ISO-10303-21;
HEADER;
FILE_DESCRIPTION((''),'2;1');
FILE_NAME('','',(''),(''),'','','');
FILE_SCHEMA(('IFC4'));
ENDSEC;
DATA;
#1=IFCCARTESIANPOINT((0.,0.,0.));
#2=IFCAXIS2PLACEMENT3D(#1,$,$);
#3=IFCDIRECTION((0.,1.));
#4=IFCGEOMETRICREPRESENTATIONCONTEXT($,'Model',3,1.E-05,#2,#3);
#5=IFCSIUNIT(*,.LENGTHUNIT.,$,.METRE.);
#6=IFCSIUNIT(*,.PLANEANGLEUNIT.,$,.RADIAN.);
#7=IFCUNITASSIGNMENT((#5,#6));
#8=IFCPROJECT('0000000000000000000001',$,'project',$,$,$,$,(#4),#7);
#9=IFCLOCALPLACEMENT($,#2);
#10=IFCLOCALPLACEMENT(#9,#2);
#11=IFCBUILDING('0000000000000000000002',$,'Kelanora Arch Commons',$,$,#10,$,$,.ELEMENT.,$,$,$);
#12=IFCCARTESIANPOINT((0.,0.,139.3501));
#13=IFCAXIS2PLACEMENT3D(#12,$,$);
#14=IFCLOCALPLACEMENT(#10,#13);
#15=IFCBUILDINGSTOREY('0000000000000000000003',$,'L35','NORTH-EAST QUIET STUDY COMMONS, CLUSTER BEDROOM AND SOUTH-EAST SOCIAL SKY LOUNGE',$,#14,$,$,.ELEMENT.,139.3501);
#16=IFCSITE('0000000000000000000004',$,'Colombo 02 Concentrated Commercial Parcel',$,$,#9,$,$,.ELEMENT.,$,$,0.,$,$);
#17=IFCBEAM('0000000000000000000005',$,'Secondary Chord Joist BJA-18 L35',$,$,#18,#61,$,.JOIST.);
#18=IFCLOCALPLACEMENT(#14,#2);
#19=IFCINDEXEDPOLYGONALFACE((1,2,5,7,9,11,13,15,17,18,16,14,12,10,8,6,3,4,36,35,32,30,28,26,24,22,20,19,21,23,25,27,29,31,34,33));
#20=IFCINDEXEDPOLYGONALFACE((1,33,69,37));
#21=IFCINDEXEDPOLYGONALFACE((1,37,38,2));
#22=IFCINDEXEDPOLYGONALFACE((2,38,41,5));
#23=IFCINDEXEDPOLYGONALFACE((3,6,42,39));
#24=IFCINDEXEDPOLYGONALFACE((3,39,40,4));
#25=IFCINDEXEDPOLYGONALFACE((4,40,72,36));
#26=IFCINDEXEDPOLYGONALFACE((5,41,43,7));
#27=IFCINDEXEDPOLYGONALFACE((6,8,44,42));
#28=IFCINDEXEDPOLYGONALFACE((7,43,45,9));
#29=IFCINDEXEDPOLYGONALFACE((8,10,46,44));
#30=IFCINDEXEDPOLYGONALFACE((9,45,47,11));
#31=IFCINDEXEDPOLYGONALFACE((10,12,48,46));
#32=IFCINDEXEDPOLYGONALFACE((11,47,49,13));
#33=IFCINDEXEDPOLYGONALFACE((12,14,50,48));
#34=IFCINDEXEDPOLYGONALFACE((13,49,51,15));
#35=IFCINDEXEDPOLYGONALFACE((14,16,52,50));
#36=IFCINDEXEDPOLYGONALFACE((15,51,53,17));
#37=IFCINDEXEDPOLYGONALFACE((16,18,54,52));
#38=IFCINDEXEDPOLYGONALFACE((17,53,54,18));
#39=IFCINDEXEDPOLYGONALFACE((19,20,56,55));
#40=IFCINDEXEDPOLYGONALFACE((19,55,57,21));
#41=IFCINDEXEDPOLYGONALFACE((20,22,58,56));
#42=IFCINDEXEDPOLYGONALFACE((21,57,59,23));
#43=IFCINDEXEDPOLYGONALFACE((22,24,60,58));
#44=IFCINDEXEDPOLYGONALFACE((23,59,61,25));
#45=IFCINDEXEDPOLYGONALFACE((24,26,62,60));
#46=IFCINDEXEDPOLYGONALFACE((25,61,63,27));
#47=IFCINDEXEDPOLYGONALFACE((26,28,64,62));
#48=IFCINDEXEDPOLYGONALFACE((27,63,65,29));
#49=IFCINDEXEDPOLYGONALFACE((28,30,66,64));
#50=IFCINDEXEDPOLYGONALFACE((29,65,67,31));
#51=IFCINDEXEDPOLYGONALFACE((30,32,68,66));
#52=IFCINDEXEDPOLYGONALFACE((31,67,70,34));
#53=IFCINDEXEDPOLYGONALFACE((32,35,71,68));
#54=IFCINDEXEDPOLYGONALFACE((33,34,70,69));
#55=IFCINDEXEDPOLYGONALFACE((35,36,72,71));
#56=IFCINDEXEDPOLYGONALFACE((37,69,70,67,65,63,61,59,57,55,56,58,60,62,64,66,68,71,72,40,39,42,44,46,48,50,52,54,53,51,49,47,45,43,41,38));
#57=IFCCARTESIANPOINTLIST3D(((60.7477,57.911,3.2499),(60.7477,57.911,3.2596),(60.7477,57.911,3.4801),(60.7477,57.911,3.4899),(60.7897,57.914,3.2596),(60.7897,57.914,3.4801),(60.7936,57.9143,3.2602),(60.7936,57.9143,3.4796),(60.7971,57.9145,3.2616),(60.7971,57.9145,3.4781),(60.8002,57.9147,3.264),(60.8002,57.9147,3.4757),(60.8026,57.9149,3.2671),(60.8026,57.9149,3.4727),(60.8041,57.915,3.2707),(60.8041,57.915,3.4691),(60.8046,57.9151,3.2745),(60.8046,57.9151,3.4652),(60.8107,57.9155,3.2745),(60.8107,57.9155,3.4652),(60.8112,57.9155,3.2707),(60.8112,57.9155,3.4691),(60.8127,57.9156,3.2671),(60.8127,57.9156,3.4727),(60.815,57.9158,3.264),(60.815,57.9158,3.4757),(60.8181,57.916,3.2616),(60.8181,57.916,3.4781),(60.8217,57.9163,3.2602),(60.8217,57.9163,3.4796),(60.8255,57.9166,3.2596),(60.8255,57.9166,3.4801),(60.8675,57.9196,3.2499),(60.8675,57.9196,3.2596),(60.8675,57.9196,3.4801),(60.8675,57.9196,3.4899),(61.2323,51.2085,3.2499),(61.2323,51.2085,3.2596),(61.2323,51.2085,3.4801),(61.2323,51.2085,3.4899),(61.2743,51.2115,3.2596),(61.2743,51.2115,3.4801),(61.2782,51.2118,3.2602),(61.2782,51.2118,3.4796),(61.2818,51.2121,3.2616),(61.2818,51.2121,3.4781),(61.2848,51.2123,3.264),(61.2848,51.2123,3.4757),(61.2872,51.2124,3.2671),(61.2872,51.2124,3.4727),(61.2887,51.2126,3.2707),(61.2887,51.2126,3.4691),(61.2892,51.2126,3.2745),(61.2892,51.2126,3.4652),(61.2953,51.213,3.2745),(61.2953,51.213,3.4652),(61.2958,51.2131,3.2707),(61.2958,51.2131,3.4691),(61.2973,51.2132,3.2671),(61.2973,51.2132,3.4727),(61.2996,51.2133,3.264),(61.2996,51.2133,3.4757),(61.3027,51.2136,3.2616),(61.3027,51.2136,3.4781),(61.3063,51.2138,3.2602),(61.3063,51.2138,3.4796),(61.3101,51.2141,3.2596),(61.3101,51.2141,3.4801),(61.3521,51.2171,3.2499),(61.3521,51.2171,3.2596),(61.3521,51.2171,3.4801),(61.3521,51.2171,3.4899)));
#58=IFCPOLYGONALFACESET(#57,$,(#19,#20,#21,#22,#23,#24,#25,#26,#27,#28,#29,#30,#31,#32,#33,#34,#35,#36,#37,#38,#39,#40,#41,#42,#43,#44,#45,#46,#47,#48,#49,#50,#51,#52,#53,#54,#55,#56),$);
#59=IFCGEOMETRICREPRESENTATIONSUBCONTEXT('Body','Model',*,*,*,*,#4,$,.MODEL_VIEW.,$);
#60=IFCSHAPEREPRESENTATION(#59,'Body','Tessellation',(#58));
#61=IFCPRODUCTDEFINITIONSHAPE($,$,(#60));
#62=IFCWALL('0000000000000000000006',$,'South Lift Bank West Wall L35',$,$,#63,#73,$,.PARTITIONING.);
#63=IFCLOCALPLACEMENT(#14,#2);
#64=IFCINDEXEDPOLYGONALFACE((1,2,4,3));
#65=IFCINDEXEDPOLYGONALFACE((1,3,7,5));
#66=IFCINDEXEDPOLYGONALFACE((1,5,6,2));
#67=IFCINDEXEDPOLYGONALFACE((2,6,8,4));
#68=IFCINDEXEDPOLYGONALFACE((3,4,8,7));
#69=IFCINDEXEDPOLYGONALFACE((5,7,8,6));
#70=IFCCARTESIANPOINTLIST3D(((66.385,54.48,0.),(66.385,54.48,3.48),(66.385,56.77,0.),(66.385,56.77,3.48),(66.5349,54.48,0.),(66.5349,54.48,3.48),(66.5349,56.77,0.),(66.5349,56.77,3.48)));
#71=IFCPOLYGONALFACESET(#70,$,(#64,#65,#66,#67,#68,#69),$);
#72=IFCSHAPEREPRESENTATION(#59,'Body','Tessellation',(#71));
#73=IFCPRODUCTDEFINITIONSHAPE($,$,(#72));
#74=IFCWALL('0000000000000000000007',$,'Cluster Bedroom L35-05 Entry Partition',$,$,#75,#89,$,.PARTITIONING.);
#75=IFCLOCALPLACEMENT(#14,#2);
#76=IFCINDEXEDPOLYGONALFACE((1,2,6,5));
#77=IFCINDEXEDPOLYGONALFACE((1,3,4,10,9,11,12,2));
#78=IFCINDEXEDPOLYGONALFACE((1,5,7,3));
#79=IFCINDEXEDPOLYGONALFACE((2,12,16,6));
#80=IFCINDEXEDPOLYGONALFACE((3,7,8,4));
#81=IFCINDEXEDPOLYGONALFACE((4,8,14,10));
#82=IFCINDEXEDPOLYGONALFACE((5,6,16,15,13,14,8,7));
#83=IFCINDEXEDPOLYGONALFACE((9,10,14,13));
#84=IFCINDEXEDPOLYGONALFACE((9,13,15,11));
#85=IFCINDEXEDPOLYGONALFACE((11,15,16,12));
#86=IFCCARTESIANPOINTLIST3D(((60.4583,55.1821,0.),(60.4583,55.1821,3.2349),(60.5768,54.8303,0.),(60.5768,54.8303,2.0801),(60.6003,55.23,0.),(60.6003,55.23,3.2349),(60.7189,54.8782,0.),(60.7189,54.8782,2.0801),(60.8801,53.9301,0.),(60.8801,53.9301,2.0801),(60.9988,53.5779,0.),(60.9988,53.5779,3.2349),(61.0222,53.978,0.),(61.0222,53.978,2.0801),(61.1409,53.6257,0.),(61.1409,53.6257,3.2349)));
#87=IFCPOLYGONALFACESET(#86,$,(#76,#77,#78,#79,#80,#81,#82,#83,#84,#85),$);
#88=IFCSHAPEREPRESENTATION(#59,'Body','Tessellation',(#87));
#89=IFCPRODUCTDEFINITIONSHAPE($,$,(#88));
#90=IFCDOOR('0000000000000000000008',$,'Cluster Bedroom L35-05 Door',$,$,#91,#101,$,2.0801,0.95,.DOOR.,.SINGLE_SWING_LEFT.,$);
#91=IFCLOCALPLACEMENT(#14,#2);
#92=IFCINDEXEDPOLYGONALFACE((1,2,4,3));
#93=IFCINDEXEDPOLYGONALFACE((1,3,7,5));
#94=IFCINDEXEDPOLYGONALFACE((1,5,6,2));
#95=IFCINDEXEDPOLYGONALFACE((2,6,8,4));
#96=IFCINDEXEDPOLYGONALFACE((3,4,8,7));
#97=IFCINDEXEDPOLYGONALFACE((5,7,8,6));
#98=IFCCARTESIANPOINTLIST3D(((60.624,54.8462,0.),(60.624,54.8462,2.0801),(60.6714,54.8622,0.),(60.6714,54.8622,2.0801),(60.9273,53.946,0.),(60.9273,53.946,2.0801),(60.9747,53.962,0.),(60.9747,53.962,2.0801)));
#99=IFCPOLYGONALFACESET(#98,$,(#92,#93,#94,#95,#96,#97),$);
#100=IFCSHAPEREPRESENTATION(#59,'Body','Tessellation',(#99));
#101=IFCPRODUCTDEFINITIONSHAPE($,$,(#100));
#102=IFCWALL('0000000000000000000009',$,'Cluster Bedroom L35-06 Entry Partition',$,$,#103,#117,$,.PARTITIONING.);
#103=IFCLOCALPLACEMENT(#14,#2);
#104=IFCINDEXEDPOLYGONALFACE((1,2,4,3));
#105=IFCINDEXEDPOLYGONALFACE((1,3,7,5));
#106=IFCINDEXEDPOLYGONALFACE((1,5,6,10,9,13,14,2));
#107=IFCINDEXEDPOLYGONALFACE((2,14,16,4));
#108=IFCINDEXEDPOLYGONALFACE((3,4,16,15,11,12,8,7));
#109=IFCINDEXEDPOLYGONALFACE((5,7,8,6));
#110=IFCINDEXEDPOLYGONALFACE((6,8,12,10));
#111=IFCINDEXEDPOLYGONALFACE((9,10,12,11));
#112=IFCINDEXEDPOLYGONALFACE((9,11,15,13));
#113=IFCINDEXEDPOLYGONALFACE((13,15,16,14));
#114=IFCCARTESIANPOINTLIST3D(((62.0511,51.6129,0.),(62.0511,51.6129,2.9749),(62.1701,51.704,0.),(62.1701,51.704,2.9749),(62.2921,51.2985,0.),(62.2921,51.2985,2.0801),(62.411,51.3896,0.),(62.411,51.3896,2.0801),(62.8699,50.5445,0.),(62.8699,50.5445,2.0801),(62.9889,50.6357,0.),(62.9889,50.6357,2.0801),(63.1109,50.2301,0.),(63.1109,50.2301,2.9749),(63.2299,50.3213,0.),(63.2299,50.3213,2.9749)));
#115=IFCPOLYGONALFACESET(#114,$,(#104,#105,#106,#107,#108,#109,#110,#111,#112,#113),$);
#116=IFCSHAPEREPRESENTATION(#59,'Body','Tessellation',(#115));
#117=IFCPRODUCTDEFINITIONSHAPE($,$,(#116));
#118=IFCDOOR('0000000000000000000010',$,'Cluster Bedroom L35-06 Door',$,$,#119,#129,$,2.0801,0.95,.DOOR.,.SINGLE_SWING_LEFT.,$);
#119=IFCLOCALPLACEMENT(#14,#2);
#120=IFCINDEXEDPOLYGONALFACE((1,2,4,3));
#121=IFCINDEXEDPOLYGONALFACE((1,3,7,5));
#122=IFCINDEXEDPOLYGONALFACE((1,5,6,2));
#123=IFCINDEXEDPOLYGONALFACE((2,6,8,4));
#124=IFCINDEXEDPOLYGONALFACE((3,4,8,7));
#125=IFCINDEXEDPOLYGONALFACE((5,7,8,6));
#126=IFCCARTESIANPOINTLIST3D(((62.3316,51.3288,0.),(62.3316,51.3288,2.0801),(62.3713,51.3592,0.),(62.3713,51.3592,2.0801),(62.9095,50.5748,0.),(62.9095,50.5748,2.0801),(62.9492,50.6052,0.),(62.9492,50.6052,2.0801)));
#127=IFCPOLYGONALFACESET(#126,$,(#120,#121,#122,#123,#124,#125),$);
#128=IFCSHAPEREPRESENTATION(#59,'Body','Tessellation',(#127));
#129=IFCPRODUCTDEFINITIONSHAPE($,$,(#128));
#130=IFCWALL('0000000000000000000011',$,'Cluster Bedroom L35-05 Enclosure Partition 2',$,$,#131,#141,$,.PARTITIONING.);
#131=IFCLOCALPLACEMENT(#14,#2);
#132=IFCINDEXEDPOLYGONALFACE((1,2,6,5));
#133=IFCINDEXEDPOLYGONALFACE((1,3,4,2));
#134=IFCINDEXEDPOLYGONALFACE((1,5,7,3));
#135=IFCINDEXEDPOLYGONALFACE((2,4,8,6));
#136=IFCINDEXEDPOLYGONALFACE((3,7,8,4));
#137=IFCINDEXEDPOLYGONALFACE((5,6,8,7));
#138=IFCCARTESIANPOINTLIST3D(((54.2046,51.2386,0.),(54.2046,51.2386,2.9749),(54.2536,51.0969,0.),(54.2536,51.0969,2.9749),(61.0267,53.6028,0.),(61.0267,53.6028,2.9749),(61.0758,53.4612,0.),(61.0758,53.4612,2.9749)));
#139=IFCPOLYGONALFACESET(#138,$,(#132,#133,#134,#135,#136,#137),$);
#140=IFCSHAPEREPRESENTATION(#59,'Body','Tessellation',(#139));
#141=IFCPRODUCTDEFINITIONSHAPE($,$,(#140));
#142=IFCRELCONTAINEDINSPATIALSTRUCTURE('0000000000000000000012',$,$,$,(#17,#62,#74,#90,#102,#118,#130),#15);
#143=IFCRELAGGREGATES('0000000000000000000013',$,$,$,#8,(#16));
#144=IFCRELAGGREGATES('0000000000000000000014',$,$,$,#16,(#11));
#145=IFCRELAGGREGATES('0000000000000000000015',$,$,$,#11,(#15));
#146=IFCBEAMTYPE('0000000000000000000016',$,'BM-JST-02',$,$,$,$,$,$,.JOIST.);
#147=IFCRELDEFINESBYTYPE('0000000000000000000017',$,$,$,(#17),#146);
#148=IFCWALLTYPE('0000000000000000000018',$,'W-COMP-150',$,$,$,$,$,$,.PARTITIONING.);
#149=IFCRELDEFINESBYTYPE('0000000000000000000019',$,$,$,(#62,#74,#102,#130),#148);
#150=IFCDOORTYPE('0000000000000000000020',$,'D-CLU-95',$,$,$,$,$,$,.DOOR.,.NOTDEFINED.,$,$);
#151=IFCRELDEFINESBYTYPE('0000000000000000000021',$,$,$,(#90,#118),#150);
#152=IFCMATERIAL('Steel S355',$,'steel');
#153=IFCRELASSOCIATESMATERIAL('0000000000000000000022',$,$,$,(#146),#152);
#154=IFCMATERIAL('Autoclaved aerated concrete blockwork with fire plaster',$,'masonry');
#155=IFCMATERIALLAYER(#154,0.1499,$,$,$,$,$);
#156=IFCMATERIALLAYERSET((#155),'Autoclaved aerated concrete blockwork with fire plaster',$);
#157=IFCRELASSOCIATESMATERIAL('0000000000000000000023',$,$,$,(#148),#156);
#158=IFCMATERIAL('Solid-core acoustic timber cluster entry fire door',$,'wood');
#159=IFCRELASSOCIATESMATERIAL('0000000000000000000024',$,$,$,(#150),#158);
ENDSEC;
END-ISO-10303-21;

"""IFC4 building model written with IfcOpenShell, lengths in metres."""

from ifc_helpers import new_model, si_unit, direction, frame, frame_2d, origin, origin_2d, place, context, subcontext, project, spatial, rectangle, i_section, extrude, material, layer, layer_set, material_profile, profile_set, type_object, element, fill, save


model = new_model("IFC4")

# Units and contexts
model_context = context("Model", 3, precision=1e-05, world=origin(), true_north=direction((0.0, 1.0)))
body_context = subcontext(model_context, "Body", "Model", "MODEL_VIEW")
ifc_project = project(units=[si_unit("LENGTHUNIT", "METRE"), si_unit("PLANEANGLEUNIT", "RADIAN")], contexts=[model_context])

# Site, building, storey
site_placement = place(None, origin())
site = spatial("IfcSite", under=ifc_project, at=site_placement, Name="Colombo 02 Concentrated Commercial Parcel", CompositionType="ELEMENT", RefElevation=0.0)
building_placement = place(site_placement, origin())
building = spatial("IfcBuilding", under=site, at=building_placement, Name="Kelanora Arch Commons", CompositionType="ELEMENT")
storey_placement = place(building_placement, frame((0.0, 0.0, 139.3501)))
storey = spatial("IfcBuildingStorey", under=building, at=storey_placement, Name="L35", Description="NORTH-EAST QUIET STUDY COMMONS, CLUSTER BEDROOM AND SOUTH-EAST SOCIAL SKY LOUNGE", CompositionType="ELEMENT", Elevation=139.3501)

# Beam
ifc_material_1 = material(Name="Steel S355", Category="steel")
ifc_material_profile = material_profile(ifc_material_1, i_section(OverallWidth=0.1201, OverallDepth=0.24, WebThickness=0.0061, FlangeThickness=0.0098, FilletRadius=0.0149, at=origin_2d()), Name="IPE240")
ifc_profile_set = profile_set([ifc_material_profile], Name="Steel S355")
beam_type = type_object("IfcBeamType", Name="BM-JST-02", PredefinedType="JOIST", material=ifc_profile_set)
beam_placement = place(storey_placement, frame((60.8076, 57.9153, 3.3699), z_axis=(0.072117, -0.997396, 0.0), x_axis=(0.997396, 0.072117, 0.0)))
element("IfcBeam", 1, at=beam_placement, inside=storey, type_object=beam_type, Name="Secondary Chord Joist BJA-18 L35", PredefinedType="JOIST", context=body_context, shape_type="SweptSolid", body=[
    extrude(i_section(OverallWidth=0.1201, OverallDepth=0.24, WebThickness=0.0061, FlangeThickness=0.0098, FilletRadius=0.0149, at=origin_2d()), origin(), (0.0, 0.0, 1.0), 6.72),
])

# Wall
ifc_material_2 = material(Name="Autoclaved aerated concrete blockwork with fire plaster", Category="masonry")
ifc_layer_1 = layer(ifc_material_2, 0.1499)
ifc_layer_set_1 = layer_set([ifc_layer_1], Name="Autoclaved aerated concrete blockwork with fire plaster")
wall_type_1 = type_object("IfcWallType", Name="W-COMP-150", PredefinedType="PARTITIONING", material=ifc_layer_set_1)
wall_1_placement = place(storey_placement, frame((66.46, 54.48, 0.0), z_axis=(0.0, 0.0, 1.0), x_axis=(0.0, 1.0, 0.0)))
element("IfcWall", 2, at=wall_1_placement, inside=storey, type_object=wall_type_1, Name="South Lift Bank West Wall L35", PredefinedType="PARTITIONING", context=body_context, shape_type="SweptSolid", body=[
    extrude(rectangle(XDim=2.29, YDim=0.1499, at=frame_2d((1.145, 0.0))), origin(), (0.0, 0.0, 1.0), 3.48),
])

# Walls, openings, doors
wall_2_placement = place(storey_placement, frame((60.5293, 55.2061, 0.0), z_axis=(0.0, 0.0, 1.0), x_axis=(0.319298, -0.947654, 0.0)))
wall_2 = element("IfcWall", 3, at=wall_2_placement, inside=storey, type_object=wall_type_1, Name="Cluster Bedroom L35-05 Entry Partition", PredefinedType="PARTITIONING", context=body_context, shape_type="SweptSolid", body=[
    extrude(rectangle(XDim=1.6929, YDim=0.1499, at=frame_2d((0.8464, 0.0))), origin(), (0.0, 0.0, 1.0), 3.2349),
])
opening_1_placement = place(wall_2_placement, frame((0.3711, 0.0, 0.0)))
opening_1 = element("IfcOpeningElement", 4, at=opening_1_placement, cuts=wall_2, PredefinedType="OPENING", context=body_context, shape_type="SweptSolid", body=[
    extrude(rectangle(XDim=0.95, YDim=2.0801, at=frame_2d((0.4751, 1.04))), frame((0.0, 0.085, 0.0), z_axis=(0.0, -1.0, 0.0), x_axis=(1.0, 0.0, 0.0)), (0.0, 0.0, 1.0), 0.1699),
])
ifc_material_3 = material(Name="Solid-core acoustic timber cluster entry fire door", Category="wood")
door_type_1 = type_object("IfcDoorType", Name="D-CLU-95", OperationType="NOTDEFINED", PredefinedType="DOOR", material=ifc_material_3)
door_1_placement = place(opening_1_placement, origin())
door_1 = element("IfcDoor", 5, at=door_1_placement, inside=storey, type_object=door_type_1, Name="Cluster Bedroom L35-05 Door", OperationType="SINGLE_SWING_LEFT", OverallHeight=2.0801, OverallWidth=0.95, PredefinedType="DOOR", context=body_context, shape_type="SweptSolid", body=[
    extrude(rectangle(XDim=0.95, YDim=2.0801, at=frame_2d((0.4751, 1.04))), frame((0.0, 0.0249, 0.0), z_axis=(0.0, -1.0, 0.0), x_axis=(1.0, 0.0, 0.0)), (0.0, 0.0, 1.0), 0.05),
])
fill(opening_1, door_1)
wall_3_placement = place(storey_placement, frame((62.1106, 51.6584, 0.0), z_axis=(0.0, 0.0, 1.0), x_axis=(0.608308, -0.793701, 0.0)))
wall_3 = element("IfcWall", 6, at=wall_3_placement, inside=storey, type_object=wall_type_1, Name="Cluster Bedroom L35-06 Entry Partition", PredefinedType="PARTITIONING", context=body_context, shape_type="SweptSolid", body=[
    extrude(rectangle(XDim=1.7422, YDim=0.1499, at=frame_2d((0.8711, 0.0))), origin(), (0.0, 0.0, 1.0), 2.9749),
])
opening_2_placement = place(wall_3_placement, frame((0.396, 0.0, 0.0)))
opening_2 = element("IfcOpeningElement", 7, at=opening_2_placement, cuts=wall_3, PredefinedType="OPENING", context=body_context, shape_type="SweptSolid", body=[
    extrude(rectangle(XDim=0.95, YDim=2.0801, at=frame_2d((0.4751, 1.04))), frame((0.0, 0.085, 0.0), z_axis=(0.0, -1.0, 0.0), x_axis=(1.0, 0.0, 0.0)), (0.0, 0.0, 1.0), 0.1699),
])
door_2_placement = place(opening_2_placement, origin())
door_2 = element("IfcDoor", 8, at=door_2_placement, inside=storey, type_object=door_type_1, Name="Cluster Bedroom L35-06 Door", OperationType="SINGLE_SWING_LEFT", OverallHeight=2.0801, OverallWidth=0.95, PredefinedType="DOOR", context=body_context, shape_type="SweptSolid", body=[
    extrude(rectangle(XDim=0.95, YDim=2.0801, at=frame_2d((0.4751, 1.04))), frame((0.0, 0.0249, 0.0), z_axis=(0.0, -1.0, 0.0), x_axis=(1.0, 0.0, 0.0)), (0.0, 0.0, 1.0), 0.05),
])
fill(opening_2, door_2)

# Wall
wall_4_placement = place(storey_placement, frame((61.0513, 53.532, 0.0), z_axis=(0.0, 0.0, 1.0), x_axis=(-0.94487, -0.327445, 0.0)))
element("IfcWall", 9, at=wall_4_placement, inside=storey, type_object=wall_type_1, Name="Cluster Bedroom L35-05 Enclosure Partition 2", PredefinedType="PARTITIONING", context=body_context, shape_type="SweptSolid", body=[
    extrude(rectangle(XDim=7.2202, YDim=0.1499, at=frame_2d((3.6101, 0.0))), origin(), (0.0, 0.0, 1.0), 2.9749),
])

save(model, "model.ifc")
